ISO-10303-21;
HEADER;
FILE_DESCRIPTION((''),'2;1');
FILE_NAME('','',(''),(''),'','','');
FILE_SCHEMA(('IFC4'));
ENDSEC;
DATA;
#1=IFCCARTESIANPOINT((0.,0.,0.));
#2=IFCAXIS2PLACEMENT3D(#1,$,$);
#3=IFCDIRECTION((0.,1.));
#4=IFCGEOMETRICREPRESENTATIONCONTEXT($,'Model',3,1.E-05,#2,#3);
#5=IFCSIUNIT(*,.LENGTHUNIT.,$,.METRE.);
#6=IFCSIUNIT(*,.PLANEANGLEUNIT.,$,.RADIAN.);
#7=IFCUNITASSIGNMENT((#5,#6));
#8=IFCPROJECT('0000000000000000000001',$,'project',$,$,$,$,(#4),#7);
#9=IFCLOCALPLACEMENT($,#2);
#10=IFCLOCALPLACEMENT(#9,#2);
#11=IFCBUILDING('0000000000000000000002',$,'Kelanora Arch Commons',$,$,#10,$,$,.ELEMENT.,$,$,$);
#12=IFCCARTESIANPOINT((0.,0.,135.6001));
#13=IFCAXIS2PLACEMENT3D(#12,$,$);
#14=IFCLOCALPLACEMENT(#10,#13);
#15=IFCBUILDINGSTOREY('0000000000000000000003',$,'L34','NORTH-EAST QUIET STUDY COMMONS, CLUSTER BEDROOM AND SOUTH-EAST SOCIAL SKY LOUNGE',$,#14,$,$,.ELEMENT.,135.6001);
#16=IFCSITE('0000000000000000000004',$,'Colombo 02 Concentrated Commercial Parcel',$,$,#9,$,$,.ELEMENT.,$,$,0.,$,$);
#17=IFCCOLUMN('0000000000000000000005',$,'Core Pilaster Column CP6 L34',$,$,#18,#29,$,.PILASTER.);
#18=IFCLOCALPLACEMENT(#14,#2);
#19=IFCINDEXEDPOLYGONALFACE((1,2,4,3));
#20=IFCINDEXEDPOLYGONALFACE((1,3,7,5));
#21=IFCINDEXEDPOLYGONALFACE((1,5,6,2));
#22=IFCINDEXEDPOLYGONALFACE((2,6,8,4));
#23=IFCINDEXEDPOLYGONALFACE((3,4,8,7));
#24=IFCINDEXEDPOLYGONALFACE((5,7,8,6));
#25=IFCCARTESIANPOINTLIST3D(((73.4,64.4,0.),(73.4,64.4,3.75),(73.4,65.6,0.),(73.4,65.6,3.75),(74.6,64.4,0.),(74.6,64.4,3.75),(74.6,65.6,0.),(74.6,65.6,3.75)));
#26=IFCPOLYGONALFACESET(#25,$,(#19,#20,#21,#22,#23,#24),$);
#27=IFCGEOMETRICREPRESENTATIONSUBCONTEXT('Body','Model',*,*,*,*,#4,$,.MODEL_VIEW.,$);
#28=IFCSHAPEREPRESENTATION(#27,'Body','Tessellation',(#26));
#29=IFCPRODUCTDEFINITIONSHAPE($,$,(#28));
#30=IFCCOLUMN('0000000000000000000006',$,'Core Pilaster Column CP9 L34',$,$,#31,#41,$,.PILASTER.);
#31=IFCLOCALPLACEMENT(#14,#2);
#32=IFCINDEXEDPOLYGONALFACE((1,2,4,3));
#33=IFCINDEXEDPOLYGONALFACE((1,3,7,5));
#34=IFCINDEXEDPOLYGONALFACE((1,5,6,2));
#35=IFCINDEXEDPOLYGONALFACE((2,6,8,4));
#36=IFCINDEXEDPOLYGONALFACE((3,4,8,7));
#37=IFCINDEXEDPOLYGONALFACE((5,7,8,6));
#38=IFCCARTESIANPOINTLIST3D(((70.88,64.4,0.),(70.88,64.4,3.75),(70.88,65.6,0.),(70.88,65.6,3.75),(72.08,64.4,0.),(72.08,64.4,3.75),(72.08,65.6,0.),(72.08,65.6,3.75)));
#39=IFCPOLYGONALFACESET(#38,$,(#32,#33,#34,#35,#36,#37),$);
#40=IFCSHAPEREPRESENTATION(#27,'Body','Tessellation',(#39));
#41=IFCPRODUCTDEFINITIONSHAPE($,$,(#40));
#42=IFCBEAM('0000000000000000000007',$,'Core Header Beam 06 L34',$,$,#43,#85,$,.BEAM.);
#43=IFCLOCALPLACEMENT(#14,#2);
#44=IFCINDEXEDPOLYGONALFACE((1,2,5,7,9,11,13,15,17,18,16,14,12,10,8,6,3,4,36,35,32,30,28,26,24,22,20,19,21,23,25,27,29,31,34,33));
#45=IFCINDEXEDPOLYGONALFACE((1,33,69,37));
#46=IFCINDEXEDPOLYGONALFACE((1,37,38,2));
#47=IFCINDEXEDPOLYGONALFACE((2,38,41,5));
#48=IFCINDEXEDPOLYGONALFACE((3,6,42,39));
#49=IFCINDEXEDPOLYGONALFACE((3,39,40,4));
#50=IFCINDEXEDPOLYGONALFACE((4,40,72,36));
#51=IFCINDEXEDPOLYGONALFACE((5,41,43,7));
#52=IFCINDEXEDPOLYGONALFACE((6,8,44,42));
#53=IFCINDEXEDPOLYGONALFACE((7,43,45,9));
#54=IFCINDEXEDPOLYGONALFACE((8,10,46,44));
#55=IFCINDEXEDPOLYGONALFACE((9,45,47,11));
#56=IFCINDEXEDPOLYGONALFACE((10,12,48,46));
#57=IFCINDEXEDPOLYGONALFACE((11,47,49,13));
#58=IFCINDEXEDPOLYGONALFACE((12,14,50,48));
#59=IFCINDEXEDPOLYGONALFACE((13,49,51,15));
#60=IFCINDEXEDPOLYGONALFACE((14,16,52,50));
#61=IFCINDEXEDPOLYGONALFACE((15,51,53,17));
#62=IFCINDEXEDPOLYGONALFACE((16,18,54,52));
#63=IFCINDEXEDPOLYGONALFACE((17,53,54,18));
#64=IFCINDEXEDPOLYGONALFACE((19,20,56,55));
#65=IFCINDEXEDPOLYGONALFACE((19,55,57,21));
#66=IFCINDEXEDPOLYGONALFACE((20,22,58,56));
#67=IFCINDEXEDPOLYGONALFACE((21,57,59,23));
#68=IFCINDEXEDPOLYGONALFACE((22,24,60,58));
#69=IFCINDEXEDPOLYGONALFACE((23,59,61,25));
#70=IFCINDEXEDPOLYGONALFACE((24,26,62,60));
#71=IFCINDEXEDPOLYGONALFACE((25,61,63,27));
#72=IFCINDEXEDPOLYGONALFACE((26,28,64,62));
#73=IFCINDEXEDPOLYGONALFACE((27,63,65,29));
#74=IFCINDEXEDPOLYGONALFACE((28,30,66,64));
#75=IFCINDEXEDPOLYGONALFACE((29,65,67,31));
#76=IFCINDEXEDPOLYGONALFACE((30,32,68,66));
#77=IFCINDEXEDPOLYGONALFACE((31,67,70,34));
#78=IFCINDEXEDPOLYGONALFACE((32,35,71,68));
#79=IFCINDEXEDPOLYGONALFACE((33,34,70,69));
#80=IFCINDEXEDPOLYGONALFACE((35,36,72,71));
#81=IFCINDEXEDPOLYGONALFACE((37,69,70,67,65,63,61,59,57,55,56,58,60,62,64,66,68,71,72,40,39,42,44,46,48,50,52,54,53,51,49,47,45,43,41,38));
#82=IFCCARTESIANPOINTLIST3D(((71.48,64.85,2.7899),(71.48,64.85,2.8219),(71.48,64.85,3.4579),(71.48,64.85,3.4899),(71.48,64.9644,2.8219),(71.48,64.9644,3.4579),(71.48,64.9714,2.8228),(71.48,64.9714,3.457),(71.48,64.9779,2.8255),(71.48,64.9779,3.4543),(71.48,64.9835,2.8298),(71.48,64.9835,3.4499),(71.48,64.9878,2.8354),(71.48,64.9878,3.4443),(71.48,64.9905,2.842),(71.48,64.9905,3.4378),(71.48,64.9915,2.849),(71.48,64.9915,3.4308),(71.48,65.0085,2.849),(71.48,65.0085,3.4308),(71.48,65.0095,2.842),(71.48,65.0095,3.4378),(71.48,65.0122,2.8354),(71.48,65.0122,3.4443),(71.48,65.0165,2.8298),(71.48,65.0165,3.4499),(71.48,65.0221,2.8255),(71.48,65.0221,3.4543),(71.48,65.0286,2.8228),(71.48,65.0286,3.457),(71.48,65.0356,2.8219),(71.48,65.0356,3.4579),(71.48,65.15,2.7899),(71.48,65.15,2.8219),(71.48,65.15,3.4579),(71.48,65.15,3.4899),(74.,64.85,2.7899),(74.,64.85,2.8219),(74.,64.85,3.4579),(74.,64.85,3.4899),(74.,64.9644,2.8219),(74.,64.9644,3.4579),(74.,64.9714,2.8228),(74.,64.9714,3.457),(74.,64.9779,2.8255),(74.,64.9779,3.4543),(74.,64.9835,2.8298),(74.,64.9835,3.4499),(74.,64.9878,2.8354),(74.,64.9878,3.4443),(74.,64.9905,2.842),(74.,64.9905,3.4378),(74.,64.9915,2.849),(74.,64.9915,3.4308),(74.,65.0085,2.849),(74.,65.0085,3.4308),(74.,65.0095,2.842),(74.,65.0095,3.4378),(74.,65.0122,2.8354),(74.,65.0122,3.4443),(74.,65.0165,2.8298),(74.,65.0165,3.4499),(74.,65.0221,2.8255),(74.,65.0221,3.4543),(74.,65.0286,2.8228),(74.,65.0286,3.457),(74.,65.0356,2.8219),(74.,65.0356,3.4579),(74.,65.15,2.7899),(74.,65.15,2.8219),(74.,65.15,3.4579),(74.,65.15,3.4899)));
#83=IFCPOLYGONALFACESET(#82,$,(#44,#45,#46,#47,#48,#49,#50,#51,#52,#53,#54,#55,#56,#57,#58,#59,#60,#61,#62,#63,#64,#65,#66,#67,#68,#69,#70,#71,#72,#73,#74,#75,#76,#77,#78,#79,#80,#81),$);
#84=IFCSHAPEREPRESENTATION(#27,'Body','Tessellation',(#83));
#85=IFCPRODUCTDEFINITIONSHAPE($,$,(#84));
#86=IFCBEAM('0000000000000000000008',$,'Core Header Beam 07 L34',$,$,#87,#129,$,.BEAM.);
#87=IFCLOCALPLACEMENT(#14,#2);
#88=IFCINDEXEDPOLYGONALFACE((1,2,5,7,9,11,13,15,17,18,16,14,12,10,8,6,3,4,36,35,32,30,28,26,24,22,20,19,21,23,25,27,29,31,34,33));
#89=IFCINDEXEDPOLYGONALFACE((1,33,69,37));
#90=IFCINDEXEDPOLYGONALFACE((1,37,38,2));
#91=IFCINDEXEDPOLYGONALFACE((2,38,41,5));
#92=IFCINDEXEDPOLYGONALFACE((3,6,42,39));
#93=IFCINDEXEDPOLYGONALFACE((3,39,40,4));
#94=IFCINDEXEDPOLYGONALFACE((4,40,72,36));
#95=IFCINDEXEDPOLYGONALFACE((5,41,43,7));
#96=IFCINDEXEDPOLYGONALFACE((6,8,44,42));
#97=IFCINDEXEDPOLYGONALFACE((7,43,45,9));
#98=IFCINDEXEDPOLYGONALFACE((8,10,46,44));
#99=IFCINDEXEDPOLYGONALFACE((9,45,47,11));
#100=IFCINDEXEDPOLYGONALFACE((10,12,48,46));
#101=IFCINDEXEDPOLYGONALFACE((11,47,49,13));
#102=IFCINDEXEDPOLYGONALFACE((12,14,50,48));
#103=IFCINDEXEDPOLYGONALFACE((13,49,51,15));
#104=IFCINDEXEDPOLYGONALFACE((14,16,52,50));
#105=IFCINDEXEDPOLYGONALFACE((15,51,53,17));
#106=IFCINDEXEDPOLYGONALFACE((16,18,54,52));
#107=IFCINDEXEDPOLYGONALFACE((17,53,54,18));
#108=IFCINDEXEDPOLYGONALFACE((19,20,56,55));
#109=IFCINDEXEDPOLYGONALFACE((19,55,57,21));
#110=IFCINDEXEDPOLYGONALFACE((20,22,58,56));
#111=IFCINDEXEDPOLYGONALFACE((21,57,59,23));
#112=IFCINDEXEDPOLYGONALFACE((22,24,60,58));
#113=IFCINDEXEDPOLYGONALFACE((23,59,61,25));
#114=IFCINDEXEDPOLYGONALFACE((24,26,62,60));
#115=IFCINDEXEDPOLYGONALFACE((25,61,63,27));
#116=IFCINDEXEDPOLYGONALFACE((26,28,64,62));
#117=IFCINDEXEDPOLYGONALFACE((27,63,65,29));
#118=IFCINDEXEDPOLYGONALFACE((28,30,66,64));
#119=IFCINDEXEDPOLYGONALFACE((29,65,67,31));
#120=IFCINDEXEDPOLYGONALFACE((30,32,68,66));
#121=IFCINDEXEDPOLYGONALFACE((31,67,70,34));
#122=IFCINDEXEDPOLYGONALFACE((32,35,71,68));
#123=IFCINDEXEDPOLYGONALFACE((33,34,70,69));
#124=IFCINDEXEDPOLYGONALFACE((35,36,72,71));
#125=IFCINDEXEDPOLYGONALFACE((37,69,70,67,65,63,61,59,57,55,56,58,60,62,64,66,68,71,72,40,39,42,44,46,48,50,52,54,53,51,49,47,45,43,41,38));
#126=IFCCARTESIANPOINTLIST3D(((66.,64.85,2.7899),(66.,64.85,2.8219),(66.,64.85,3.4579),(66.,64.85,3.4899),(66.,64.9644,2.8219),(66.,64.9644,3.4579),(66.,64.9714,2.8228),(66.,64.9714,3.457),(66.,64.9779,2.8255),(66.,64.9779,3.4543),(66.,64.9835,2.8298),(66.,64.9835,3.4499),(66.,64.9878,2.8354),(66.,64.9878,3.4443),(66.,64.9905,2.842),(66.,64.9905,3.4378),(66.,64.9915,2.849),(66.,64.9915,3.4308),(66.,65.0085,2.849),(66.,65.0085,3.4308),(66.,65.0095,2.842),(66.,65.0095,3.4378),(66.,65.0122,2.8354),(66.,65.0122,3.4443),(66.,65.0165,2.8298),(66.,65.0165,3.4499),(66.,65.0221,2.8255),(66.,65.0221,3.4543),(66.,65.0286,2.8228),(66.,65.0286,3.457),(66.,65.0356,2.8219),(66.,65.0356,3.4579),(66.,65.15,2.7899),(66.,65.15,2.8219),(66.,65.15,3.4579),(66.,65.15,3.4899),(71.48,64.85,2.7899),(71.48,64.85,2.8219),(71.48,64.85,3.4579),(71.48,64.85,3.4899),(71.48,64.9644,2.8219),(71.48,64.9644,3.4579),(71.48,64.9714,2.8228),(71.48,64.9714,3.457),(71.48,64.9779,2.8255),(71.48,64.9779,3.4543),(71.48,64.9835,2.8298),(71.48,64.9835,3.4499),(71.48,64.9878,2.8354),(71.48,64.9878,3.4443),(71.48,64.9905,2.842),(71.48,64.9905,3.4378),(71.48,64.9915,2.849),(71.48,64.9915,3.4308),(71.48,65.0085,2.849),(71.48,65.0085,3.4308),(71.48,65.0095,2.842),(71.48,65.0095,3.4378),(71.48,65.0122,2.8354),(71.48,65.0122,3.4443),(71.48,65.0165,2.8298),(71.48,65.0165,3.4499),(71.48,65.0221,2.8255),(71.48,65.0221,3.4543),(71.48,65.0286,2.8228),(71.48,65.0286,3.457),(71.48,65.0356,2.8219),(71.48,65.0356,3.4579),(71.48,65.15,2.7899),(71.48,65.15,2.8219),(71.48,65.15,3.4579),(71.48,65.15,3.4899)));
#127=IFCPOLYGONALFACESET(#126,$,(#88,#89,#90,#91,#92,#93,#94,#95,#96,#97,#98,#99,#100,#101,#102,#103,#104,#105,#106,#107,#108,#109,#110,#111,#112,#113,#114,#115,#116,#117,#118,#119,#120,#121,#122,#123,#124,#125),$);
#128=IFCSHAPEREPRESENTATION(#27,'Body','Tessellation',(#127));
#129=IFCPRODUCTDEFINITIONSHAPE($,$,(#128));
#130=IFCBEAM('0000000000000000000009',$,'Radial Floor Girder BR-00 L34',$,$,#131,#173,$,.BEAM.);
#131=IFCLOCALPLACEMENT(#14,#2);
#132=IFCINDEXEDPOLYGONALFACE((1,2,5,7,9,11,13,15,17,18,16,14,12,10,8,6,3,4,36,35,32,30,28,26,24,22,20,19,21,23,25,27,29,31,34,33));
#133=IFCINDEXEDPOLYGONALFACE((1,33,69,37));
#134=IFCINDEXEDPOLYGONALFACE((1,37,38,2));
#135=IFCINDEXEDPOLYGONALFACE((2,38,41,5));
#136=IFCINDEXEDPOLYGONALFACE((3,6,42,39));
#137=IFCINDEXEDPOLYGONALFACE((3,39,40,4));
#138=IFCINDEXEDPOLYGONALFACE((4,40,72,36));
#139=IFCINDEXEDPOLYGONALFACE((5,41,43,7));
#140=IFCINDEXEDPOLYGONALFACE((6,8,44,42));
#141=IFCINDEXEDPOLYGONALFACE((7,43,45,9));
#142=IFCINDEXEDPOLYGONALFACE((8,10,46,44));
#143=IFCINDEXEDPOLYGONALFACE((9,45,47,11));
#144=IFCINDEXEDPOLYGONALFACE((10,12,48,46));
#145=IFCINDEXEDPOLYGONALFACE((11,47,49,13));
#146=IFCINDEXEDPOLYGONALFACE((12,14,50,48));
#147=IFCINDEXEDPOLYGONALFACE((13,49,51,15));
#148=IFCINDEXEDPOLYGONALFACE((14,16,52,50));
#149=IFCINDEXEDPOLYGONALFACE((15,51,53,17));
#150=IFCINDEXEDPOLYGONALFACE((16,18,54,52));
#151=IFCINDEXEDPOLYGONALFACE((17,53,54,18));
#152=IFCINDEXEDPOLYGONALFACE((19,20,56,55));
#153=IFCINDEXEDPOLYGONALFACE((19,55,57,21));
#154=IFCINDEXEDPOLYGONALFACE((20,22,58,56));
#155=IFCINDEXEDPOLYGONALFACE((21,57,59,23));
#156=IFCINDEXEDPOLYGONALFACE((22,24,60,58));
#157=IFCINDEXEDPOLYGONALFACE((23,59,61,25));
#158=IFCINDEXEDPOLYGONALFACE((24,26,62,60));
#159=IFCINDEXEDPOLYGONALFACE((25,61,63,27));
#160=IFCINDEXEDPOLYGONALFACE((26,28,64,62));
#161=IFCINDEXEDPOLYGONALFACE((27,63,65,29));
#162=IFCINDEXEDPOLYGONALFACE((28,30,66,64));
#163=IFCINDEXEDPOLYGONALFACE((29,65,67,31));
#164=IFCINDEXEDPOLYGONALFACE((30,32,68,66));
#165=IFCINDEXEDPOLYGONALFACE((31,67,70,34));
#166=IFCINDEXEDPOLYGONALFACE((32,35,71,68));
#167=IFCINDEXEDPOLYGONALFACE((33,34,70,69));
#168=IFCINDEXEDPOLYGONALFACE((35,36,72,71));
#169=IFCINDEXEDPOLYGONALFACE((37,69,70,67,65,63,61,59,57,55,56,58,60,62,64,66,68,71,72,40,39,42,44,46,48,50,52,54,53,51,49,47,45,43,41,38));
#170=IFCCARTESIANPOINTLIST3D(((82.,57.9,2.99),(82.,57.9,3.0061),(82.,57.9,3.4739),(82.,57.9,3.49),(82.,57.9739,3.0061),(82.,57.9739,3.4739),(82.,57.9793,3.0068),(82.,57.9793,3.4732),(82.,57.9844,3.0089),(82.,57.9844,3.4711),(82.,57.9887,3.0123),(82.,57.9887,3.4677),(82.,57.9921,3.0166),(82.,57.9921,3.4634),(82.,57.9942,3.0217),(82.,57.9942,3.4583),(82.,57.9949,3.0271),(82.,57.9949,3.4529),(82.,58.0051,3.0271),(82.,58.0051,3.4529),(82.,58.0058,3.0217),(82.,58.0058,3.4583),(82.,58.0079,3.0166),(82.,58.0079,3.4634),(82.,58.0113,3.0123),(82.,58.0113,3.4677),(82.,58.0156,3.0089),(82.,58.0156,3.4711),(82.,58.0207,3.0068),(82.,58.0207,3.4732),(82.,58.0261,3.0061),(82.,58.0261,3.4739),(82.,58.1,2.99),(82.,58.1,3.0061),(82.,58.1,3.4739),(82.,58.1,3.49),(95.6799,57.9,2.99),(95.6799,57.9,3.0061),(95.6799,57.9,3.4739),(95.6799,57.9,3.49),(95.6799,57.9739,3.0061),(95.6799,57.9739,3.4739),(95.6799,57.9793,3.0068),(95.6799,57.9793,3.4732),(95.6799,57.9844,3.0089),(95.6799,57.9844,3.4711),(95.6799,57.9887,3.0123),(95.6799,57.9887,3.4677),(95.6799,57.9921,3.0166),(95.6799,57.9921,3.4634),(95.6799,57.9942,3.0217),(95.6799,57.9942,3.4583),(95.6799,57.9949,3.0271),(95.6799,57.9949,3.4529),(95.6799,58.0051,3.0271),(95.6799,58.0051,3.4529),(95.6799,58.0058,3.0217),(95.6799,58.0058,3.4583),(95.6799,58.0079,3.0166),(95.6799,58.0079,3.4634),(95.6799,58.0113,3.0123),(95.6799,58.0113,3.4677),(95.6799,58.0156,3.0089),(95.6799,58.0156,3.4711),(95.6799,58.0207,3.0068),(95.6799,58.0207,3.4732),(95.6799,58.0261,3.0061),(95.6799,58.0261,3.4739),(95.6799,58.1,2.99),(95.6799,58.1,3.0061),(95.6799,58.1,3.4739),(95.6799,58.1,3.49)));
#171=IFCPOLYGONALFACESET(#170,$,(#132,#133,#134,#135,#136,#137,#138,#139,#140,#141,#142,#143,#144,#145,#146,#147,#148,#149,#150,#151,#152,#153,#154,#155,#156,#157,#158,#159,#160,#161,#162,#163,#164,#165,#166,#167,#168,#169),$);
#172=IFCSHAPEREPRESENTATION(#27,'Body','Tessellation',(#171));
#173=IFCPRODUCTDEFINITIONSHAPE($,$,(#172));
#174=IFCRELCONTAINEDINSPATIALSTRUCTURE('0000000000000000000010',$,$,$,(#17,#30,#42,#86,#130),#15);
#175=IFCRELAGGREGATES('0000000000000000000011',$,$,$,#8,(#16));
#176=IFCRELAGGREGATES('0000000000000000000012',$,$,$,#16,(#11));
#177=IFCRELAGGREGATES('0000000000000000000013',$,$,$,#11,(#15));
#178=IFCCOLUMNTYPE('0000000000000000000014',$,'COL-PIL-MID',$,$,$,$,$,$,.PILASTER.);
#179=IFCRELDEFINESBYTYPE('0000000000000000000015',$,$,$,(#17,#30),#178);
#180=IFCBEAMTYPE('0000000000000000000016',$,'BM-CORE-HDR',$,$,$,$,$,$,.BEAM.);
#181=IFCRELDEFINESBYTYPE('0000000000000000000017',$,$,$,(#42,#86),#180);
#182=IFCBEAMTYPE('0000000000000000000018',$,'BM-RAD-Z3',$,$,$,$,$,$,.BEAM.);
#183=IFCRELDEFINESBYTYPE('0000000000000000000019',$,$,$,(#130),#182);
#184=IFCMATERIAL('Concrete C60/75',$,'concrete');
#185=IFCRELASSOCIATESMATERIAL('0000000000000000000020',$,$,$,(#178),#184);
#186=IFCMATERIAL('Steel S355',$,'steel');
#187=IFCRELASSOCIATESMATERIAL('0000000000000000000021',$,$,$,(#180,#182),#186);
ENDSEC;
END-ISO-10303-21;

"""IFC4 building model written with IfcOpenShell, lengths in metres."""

from ifc_helpers import new_model, si_unit, direction, frame, origin, origin_2d, place, context, subcontext, project, spatial, rectangle, i_section, extrude, material, material_profile, profile_set, type_object, element, save


model = new_model("IFC4")

# Units and contexts
model_context = context("Model", 3, precision=1e-05, world=origin(), true_north=direction((0.0, 1.0)))
body_context = subcontext(model_context, "Body", "Model", "MODEL_VIEW")
ifc_project = project(units=[si_unit("LENGTHUNIT", "METRE"), si_unit("PLANEANGLEUNIT", "RADIAN")], contexts=[model_context])

# Site, building, storey
site_placement = place(None, origin())
site = spatial("IfcSite", under=ifc_project, at=site_placement, Name="Colombo 02 Concentrated Commercial Parcel", CompositionType="ELEMENT", RefElevation=0.0)
building_placement = place(site_placement, origin())
building = spatial("IfcBuilding", under=site, at=building_placement, Name="Kelanora Arch Commons", CompositionType="ELEMENT")
storey_placement = place(building_placement, frame((0.0, 0.0, 135.6001)))
storey = spatial("IfcBuildingStorey", under=building, at=storey_placement, Name="L34", Description="NORTH-EAST QUIET STUDY COMMONS, CLUSTER BEDROOM AND SOUTH-EAST SOCIAL SKY LOUNGE", CompositionType="ELEMENT", Elevation=135.6001)

# Columns
ifc_material_1 = material(Name="Concrete C60/75", Category="concrete")
ifc_material_profile_1 = material_profile(ifc_material_1, rectangle(XDim=1.2, YDim=1.2, at=origin_2d()), Name="RC1200x1200")
ifc_profile_set_1 = profile_set([ifc_material_profile_1], Name="Concrete C60/75")
column_type = type_object("IfcColumnType", Name="COL-PIL-MID", PredefinedType="PILASTER", material=ifc_profile_set_1)
for number, where, z_axis, x_axis, name in (
    (1, (74.0, 65.0, 0.0), (0.0, 0.0, 1.0), (1.0, 0.0, 0.0), "Core Pilaster Column CP6 L34"),
    (2, (71.48, 65.0, 0.0), (0.0, 0.0, 1.0), (1.0, 0.0, 0.0), "Core Pilaster Column CP9 L34"),
):
    element("IfcColumn", number, at=place(storey_placement, frame(where, z_axis=z_axis, x_axis=x_axis)), inside=storey, type_object=column_type, Name=name, PredefinedType="PILASTER", context=body_context, shape_type="SweptSolid", body=[
        extrude(rectangle(XDim=1.2, YDim=1.2, at=origin_2d()), origin(), (0.0, 0.0, 1.0), 3.75),
    ])

# Beams
ifc_material_2 = material(Name="Steel S355", Category="steel")
ifc_material_profile_2 = material_profile(ifc_material_2, i_section(OverallWidth=0.3, OverallDepth=0.7, WebThickness=0.0171, FlangeThickness=0.032, FilletRadius=0.0271, at=origin_2d()), Name="HEB700")
ifc_profile_set_2 = profile_set([ifc_material_profile_2], Name="Steel S355")
beam_type_1 = type_object("IfcBeamType", Name="BM-CORE-HDR", PredefinedType="BEAM", material=ifc_profile_set_2)
beam_1_placement = place(storey_placement, frame((74.0, 65.0, 3.1399), z_axis=(-1.0, 0.0, 0.0), x_axis=(0.0, -1.0, 0.0)))
element("IfcBeam", 3, at=beam_1_placement, inside=storey, type_object=beam_type_1, Name="Core Header Beam 06 L34", PredefinedType="BEAM", context=body_context, shape_type="SweptSolid", body=[
    extrude(i_section(OverallWidth=0.3, OverallDepth=0.7, WebThickness=0.0171, FlangeThickness=0.032, FilletRadius=0.0271, at=origin_2d()), origin(), (0.0, 0.0, 1.0), 2.52),
])
beam_2_placement = place(storey_placement, frame((71.48, 65.0, 3.1399), z_axis=(-1.0, 0.0, 0.0), x_axis=(0.0, -1.0, 0.0)))
element("IfcBeam", 4, at=beam_2_placement, inside=storey, type_object=beam_type_1, Name="Core Header Beam 07 L34", PredefinedType="BEAM", context=body_context, shape_type="SweptSolid", body=[
    extrude(i_section(OverallWidth=0.3, OverallDepth=0.7, WebThickness=0.0171, FlangeThickness=0.032, FilletRadius=0.0271, at=origin_2d()), origin(), (0.0, 0.0, 1.0), 5.48),
])
ifc_material_profile_3 = material_profile(ifc_material_2, i_section(OverallWidth=0.2, OverallDepth=0.5, WebThickness=0.0103, FlangeThickness=0.0161, FilletRadius=0.021, at=origin_2d()), Name="IPE500")
ifc_profile_set_3 = profile_set([ifc_material_profile_3], Name="Steel S355")
beam_type_2 = type_object("IfcBeamType", Name="BM-RAD-Z3", PredefinedType="BEAM", material=ifc_profile_set_3)
beam_3_placement = place(storey_placement, frame((82.0, 58.0, 3.24), z_axis=(1.0, 0.0, 0.0), x_axis=(0.0, 1.0, 0.0)))
element("IfcBeam", 5, at=beam_3_placement, inside=storey, type_object=beam_type_2, Name="Radial Floor Girder BR-00 L34", PredefinedType="BEAM", context=body_context, shape_type="SweptSolid", body=[
    extrude(i_section(OverallWidth=0.2, OverallDepth=0.5, WebThickness=0.0103, FlangeThickness=0.0161, FilletRadius=0.021, at=origin_2d()), origin(), (0.0, 0.0, 1.0), 13.6799),
])

save(model, "model.ifc")
